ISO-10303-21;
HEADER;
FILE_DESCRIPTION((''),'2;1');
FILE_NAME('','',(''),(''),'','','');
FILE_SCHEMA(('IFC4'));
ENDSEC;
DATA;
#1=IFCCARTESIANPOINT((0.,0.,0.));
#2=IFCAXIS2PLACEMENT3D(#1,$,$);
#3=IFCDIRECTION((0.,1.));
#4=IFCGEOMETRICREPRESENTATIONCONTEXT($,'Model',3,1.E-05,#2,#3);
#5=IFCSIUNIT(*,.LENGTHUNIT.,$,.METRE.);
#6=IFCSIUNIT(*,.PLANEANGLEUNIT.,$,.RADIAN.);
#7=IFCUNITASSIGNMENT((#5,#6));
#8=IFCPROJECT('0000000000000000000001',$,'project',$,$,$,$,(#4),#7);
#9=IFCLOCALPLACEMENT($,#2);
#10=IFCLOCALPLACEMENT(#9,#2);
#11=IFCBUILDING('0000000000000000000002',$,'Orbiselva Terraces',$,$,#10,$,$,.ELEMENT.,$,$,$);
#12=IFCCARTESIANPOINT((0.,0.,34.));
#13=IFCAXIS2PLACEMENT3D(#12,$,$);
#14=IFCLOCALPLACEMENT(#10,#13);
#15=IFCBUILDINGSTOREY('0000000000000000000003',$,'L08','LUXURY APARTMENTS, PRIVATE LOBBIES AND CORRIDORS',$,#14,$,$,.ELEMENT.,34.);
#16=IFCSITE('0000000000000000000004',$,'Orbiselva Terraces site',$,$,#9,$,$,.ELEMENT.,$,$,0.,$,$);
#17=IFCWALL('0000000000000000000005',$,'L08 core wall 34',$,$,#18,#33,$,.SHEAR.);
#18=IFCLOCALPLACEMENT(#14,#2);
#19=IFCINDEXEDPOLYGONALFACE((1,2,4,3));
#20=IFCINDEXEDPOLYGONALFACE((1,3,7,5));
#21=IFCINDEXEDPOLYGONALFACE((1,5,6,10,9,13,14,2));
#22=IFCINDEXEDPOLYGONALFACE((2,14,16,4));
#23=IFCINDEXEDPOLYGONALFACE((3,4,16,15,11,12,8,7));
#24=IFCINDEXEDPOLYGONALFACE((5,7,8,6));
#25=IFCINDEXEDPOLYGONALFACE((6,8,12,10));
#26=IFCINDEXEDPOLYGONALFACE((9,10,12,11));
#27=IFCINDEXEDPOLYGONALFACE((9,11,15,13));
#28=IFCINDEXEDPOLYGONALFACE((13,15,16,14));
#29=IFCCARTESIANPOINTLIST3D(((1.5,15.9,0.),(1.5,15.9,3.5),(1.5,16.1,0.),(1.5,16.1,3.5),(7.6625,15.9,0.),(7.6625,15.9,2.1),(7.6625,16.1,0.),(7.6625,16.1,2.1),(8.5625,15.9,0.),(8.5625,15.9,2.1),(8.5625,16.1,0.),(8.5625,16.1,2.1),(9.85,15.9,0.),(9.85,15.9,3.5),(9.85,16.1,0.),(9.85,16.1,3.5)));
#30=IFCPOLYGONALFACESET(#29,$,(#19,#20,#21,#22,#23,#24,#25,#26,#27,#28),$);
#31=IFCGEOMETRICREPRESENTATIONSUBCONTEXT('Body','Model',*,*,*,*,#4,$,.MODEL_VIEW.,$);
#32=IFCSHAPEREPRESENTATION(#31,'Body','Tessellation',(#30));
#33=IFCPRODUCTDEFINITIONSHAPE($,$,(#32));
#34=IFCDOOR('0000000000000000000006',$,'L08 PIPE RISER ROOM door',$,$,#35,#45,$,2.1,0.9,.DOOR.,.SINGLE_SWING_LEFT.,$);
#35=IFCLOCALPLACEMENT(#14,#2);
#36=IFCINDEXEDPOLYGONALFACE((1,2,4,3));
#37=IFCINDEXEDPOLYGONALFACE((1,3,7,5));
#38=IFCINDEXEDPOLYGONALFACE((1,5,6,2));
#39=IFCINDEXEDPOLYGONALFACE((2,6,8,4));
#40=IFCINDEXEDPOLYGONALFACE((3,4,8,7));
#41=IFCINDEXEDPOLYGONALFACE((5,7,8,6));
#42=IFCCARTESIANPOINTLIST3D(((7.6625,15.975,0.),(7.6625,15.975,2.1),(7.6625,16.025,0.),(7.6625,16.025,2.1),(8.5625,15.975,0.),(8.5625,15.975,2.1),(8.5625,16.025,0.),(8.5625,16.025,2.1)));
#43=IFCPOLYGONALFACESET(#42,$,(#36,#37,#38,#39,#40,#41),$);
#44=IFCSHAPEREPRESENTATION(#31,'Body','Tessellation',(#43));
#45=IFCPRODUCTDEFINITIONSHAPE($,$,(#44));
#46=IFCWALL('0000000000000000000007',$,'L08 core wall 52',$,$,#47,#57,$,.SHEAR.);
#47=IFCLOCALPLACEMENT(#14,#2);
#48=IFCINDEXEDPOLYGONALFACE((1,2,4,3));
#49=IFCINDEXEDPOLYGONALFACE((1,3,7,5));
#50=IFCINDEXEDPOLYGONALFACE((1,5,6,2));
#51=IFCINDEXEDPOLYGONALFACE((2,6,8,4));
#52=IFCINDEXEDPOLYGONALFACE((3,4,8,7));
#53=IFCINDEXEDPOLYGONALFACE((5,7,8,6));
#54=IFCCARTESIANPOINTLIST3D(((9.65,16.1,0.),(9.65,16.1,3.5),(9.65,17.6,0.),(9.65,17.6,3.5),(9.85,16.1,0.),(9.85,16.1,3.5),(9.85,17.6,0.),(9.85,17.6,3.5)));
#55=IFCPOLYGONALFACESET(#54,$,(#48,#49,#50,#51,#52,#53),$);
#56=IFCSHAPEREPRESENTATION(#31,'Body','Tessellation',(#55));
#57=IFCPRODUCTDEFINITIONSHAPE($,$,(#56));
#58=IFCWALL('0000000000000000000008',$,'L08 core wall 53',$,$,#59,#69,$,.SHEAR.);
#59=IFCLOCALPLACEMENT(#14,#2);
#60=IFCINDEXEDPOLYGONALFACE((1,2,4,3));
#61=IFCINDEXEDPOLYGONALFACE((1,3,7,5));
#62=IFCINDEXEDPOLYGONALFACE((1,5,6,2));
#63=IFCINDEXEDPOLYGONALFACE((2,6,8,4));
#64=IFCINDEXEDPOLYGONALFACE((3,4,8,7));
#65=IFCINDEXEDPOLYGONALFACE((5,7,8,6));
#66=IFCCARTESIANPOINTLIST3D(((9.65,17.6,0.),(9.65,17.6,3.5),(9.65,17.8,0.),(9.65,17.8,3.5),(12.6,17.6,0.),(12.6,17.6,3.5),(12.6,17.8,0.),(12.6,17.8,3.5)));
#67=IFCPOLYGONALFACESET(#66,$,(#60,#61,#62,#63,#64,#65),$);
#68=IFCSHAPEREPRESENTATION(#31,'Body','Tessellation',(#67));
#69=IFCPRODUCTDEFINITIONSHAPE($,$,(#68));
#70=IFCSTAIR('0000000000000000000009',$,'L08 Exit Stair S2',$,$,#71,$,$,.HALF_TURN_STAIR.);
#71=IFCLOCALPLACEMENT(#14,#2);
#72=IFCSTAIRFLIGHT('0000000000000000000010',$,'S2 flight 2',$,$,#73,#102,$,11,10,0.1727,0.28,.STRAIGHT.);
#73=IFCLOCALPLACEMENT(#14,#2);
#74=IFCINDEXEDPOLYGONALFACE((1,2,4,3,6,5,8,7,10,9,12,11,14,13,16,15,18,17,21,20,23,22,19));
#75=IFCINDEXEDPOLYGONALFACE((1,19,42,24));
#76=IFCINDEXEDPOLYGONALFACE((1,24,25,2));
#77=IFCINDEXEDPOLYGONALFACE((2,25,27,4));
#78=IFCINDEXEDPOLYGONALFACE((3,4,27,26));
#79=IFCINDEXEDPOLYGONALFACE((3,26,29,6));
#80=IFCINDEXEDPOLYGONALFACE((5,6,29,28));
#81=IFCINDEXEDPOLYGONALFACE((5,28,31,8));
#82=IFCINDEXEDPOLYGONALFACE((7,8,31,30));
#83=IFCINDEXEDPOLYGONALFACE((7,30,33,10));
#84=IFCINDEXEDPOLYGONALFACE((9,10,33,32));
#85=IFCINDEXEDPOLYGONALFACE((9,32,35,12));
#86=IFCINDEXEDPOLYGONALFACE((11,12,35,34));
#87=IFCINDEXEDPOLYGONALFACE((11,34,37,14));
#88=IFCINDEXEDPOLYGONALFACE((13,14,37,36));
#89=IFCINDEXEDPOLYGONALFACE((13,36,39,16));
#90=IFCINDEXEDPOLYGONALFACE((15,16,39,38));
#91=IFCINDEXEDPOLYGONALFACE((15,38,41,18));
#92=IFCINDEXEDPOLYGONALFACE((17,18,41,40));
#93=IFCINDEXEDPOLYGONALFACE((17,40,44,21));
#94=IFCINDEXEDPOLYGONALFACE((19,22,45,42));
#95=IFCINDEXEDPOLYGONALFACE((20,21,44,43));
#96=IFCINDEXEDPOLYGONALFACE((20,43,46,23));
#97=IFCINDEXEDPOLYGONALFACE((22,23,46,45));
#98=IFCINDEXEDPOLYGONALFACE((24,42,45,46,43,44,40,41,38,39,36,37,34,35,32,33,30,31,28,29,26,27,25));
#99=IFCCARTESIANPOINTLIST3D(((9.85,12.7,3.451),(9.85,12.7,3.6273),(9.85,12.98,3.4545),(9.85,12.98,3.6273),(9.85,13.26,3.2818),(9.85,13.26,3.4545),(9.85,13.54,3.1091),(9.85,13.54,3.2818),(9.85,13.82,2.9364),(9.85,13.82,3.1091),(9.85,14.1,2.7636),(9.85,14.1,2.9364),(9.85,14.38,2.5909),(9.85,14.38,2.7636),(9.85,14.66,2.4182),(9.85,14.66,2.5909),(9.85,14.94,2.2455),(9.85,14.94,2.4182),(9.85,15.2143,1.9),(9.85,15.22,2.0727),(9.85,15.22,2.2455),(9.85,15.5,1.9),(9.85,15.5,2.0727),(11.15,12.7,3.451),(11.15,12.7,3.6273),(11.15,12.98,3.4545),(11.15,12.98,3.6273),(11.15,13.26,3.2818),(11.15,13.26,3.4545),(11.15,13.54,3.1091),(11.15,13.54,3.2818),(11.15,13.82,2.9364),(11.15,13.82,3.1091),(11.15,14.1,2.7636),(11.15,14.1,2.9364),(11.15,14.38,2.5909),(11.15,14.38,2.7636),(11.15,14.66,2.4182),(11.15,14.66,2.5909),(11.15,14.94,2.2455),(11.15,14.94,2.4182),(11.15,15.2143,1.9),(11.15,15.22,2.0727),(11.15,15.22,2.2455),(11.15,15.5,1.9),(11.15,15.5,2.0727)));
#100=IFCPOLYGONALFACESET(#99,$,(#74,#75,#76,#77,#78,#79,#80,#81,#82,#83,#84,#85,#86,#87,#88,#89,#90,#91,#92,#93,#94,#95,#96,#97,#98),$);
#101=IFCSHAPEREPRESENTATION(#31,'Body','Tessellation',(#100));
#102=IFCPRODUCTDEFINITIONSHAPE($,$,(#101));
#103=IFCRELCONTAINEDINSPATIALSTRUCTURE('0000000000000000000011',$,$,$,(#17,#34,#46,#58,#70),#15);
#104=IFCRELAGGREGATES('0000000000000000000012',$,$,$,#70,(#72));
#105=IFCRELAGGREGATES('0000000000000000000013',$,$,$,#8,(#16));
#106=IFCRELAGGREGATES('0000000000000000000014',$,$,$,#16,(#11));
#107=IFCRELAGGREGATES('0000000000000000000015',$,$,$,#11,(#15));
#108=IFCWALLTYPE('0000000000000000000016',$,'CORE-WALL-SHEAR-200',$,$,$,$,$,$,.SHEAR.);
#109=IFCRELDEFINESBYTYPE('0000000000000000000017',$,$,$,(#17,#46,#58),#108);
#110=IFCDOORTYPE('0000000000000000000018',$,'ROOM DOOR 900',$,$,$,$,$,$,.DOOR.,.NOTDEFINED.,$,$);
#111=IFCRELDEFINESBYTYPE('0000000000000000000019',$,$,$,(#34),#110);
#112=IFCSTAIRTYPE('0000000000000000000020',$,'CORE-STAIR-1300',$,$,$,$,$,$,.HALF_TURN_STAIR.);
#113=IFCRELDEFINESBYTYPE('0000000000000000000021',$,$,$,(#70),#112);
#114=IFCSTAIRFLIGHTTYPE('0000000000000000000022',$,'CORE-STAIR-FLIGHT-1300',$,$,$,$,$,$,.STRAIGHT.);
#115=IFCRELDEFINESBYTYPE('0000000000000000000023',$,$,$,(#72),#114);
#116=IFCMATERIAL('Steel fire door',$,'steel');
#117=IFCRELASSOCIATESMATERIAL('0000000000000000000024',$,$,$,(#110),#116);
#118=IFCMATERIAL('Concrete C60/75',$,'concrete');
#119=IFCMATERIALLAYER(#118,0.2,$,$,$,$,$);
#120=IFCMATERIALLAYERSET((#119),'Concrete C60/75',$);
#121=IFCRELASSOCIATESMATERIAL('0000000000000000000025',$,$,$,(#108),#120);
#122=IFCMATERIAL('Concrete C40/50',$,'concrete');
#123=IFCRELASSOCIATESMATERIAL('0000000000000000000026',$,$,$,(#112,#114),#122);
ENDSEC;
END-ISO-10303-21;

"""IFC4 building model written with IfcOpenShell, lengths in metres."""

from ifc_helpers import new_model, si_unit, direction, frame, frame_2d, origin, place, context, subcontext, project, spatial, polyline, rectangle, outline, extrude, material, layer, layer_set, type_object, element, fill, aggregate, save


model = new_model("IFC4")

# Units and contexts
model_context = context("Model", 3, precision=1e-05, world=origin(), true_north=direction((0.0, 1.0)))
body_context = subcontext(model_context, "Body", "Model", "MODEL_VIEW")
ifc_project = project(units=[si_unit("LENGTHUNIT", "METRE"), si_unit("PLANEANGLEUNIT", "RADIAN")], contexts=[model_context])

# Site, building, storey
site_placement = place(None, origin())
site = spatial("IfcSite", under=ifc_project, at=site_placement, Name="Orbiselva Terraces site", CompositionType="ELEMENT", RefElevation=0.0)
building_placement = place(site_placement, origin())
building = spatial("IfcBuilding", under=site, at=building_placement, Name="Orbiselva Terraces", CompositionType="ELEMENT")
storey_placement = place(building_placement, frame((0.0, 0.0, 34.0)))
storey = spatial("IfcBuildingStorey", under=building, at=storey_placement, Name="L08", Description="LUXURY APARTMENTS, PRIVATE LOBBIES AND CORRIDORS", CompositionType="ELEMENT", Elevation=34.0)

# Shared definitions
ifc_material_1 = material(Name="Steel fire door", Category="steel")
door_type = type_object("IfcDoorType", Name="ROOM DOOR 900", OperationType="NOTDEFINED", PredefinedType="DOOR", material=ifc_material_1)

# Shared definitions
ifc_material_2 = material(Name="Concrete C40/50", Category="concrete")

# Shared definitions
ifc_material_3 = material(Name="Concrete C60/75", Category="concrete")
ifc_layer_1 = layer(ifc_material_3, 0.2)
ifc_layer_set_1 = layer_set([ifc_layer_1], Name="Concrete C60/75")
wall_type_1 = type_object("IfcWallType", Name="CORE-WALL-SHEAR-200", PredefinedType="SHEAR", material=ifc_layer_set_1)

# Wall, opening, door
wall_1_placement = place(storey_placement, frame((9.85, 16.0, 0.0), z_axis=(0.0, 0.0, 1.0), x_axis=(-1.0, 0.0, 0.0)))
wall_1 = element("IfcWall", 1, at=wall_1_placement, inside=storey, type_object=wall_type_1, Name="L08 core wall 34", PredefinedType="SHEAR", context=body_context, shape_type="SweptSolid", body=[
    extrude(rectangle(XDim=8.35, YDim=0.2, at=frame_2d((4.175, 0.0))), origin(), (0.0, 0.0, 1.0), 3.5),
])
opening_1_placement = place(wall_1_placement, frame((1.2875, 0.0, 0.0)))
opening_1 = element("IfcOpeningElement", 2, at=opening_1_placement, cuts=wall_1, PredefinedType="OPENING", context=body_context, shape_type="SweptSolid", body=[
    extrude(rectangle(XDim=0.9, YDim=2.1, at=frame_2d((0.45, 1.05))), frame((0.0, 0.11, 0.0), z_axis=(0.0, -1.0, 0.0), x_axis=(1.0, 0.0, 0.0)), (0.0, 0.0, 1.0), 0.22),
])
door_1_placement = place(opening_1_placement, origin())
door_1 = element("IfcDoor", 3, at=door_1_placement, inside=storey, type_object=door_type, Name="L08 PIPE RISER ROOM door", OperationType="SINGLE_SWING_LEFT", OverallHeight=2.1, OverallWidth=0.9, PredefinedType="DOOR", context=body_context, shape_type="SweptSolid", body=[
    extrude(rectangle(XDim=0.9, YDim=2.1, at=frame_2d((0.45, 1.05))), frame((0.0, 0.025, 0.0), z_axis=(0.0, -1.0, 0.0), x_axis=(1.0, 0.0, 0.0)), (0.0, 0.0, 1.0), 0.05),
])
fill(opening_1, door_1)

# Walls
wall_2_placement = place(storey_placement, frame((9.75, 16.1, 0.0), z_axis=(0.0, 0.0, 1.0), x_axis=(0.0, 1.0, 0.0)))
element("IfcWall", 4, at=wall_2_placement, inside=storey, type_object=wall_type_1, Name="L08 core wall 52", PredefinedType="SHEAR", context=body_context, shape_type="SweptSolid", body=[
    extrude(rectangle(XDim=1.5, YDim=0.2, at=frame_2d((0.75, 0.0))), origin(), (0.0, 0.0, 1.0), 3.5),
])
wall_3_placement = place(storey_placement, frame((9.65, 17.7, 0.0), z_axis=(0.0, 0.0, 1.0), x_axis=(1.0, 0.0, 0.0)))
element("IfcWall", 5, at=wall_3_placement, inside=storey, type_object=wall_type_1, Name="L08 core wall 53", PredefinedType="SHEAR", context=body_context, shape_type="SweptSolid", body=[
    extrude(rectangle(XDim=2.95, YDim=0.2, at=frame_2d((1.475, 0.0))), origin(), (0.0, 0.0, 1.0), 3.5),
])

# Stair, stair flight
stair_type = type_object("IfcStairType", Name="CORE-STAIR-1300", PredefinedType="HALF_TURN_STAIR", material=ifc_material_2)
stair_placement = place(storey_placement, origin())
stair = element("IfcStair", 6, at=stair_placement, inside=storey, type_object=stair_type, Name="L08 Exit Stair S2", PredefinedType="HALF_TURN_STAIR")
stair_flight_type = type_object("IfcStairFlightType", Name="CORE-STAIR-FLIGHT-1300", PredefinedType="STRAIGHT", material=ifc_material_2)
stair_flight_placement = place(storey_placement, frame((10.5, 15.5, 1.9), z_axis=(0.0, 0.0, 1.0), x_axis=(0.0, -1.0, 0.0)))
stair_flight = element("IfcStairFlight", 7, at=stair_flight_placement, type_object=stair_flight_type, Name="S2 flight 2", NumberOfRisers=11, NumberOfTreads=10, PredefinedType="STRAIGHT", RiserHeight=0.1727, TreadLength=0.28, context=body_context, shape_type="SweptSolid", body=[
    extrude(outline(polyline([(0.0, 0.0), (0.0, 0.1727), (0.28, 0.1727), (0.28, 0.3455), (0.56, 0.3455), (0.56, 0.5182), (0.84, 0.5182), (0.84, 0.6909), (1.12, 0.6909), (1.12, 0.8636), (1.4, 0.8636), (1.4, 1.0364), (1.68, 1.0364), (1.68, 1.2091), (1.96, 1.2091), (1.96, 1.3818), (2.24, 1.3818), (2.24, 1.5545), (2.52, 1.5545), (2.52, 1.7273), (2.8, 1.7273), (2.8, 1.9), (2.8, 1.551), (0.2857, 0.0), (0.0, 0.0)])), frame((0.0, 0.65, 0.0), z_axis=(0.0, -1.0, 0.0), x_axis=(1.0, 0.0, 0.0)), (0.0, 0.0, 1.0), 1.3),
])
aggregate(stair, [stair_flight])

save(model, "model.ifc")
